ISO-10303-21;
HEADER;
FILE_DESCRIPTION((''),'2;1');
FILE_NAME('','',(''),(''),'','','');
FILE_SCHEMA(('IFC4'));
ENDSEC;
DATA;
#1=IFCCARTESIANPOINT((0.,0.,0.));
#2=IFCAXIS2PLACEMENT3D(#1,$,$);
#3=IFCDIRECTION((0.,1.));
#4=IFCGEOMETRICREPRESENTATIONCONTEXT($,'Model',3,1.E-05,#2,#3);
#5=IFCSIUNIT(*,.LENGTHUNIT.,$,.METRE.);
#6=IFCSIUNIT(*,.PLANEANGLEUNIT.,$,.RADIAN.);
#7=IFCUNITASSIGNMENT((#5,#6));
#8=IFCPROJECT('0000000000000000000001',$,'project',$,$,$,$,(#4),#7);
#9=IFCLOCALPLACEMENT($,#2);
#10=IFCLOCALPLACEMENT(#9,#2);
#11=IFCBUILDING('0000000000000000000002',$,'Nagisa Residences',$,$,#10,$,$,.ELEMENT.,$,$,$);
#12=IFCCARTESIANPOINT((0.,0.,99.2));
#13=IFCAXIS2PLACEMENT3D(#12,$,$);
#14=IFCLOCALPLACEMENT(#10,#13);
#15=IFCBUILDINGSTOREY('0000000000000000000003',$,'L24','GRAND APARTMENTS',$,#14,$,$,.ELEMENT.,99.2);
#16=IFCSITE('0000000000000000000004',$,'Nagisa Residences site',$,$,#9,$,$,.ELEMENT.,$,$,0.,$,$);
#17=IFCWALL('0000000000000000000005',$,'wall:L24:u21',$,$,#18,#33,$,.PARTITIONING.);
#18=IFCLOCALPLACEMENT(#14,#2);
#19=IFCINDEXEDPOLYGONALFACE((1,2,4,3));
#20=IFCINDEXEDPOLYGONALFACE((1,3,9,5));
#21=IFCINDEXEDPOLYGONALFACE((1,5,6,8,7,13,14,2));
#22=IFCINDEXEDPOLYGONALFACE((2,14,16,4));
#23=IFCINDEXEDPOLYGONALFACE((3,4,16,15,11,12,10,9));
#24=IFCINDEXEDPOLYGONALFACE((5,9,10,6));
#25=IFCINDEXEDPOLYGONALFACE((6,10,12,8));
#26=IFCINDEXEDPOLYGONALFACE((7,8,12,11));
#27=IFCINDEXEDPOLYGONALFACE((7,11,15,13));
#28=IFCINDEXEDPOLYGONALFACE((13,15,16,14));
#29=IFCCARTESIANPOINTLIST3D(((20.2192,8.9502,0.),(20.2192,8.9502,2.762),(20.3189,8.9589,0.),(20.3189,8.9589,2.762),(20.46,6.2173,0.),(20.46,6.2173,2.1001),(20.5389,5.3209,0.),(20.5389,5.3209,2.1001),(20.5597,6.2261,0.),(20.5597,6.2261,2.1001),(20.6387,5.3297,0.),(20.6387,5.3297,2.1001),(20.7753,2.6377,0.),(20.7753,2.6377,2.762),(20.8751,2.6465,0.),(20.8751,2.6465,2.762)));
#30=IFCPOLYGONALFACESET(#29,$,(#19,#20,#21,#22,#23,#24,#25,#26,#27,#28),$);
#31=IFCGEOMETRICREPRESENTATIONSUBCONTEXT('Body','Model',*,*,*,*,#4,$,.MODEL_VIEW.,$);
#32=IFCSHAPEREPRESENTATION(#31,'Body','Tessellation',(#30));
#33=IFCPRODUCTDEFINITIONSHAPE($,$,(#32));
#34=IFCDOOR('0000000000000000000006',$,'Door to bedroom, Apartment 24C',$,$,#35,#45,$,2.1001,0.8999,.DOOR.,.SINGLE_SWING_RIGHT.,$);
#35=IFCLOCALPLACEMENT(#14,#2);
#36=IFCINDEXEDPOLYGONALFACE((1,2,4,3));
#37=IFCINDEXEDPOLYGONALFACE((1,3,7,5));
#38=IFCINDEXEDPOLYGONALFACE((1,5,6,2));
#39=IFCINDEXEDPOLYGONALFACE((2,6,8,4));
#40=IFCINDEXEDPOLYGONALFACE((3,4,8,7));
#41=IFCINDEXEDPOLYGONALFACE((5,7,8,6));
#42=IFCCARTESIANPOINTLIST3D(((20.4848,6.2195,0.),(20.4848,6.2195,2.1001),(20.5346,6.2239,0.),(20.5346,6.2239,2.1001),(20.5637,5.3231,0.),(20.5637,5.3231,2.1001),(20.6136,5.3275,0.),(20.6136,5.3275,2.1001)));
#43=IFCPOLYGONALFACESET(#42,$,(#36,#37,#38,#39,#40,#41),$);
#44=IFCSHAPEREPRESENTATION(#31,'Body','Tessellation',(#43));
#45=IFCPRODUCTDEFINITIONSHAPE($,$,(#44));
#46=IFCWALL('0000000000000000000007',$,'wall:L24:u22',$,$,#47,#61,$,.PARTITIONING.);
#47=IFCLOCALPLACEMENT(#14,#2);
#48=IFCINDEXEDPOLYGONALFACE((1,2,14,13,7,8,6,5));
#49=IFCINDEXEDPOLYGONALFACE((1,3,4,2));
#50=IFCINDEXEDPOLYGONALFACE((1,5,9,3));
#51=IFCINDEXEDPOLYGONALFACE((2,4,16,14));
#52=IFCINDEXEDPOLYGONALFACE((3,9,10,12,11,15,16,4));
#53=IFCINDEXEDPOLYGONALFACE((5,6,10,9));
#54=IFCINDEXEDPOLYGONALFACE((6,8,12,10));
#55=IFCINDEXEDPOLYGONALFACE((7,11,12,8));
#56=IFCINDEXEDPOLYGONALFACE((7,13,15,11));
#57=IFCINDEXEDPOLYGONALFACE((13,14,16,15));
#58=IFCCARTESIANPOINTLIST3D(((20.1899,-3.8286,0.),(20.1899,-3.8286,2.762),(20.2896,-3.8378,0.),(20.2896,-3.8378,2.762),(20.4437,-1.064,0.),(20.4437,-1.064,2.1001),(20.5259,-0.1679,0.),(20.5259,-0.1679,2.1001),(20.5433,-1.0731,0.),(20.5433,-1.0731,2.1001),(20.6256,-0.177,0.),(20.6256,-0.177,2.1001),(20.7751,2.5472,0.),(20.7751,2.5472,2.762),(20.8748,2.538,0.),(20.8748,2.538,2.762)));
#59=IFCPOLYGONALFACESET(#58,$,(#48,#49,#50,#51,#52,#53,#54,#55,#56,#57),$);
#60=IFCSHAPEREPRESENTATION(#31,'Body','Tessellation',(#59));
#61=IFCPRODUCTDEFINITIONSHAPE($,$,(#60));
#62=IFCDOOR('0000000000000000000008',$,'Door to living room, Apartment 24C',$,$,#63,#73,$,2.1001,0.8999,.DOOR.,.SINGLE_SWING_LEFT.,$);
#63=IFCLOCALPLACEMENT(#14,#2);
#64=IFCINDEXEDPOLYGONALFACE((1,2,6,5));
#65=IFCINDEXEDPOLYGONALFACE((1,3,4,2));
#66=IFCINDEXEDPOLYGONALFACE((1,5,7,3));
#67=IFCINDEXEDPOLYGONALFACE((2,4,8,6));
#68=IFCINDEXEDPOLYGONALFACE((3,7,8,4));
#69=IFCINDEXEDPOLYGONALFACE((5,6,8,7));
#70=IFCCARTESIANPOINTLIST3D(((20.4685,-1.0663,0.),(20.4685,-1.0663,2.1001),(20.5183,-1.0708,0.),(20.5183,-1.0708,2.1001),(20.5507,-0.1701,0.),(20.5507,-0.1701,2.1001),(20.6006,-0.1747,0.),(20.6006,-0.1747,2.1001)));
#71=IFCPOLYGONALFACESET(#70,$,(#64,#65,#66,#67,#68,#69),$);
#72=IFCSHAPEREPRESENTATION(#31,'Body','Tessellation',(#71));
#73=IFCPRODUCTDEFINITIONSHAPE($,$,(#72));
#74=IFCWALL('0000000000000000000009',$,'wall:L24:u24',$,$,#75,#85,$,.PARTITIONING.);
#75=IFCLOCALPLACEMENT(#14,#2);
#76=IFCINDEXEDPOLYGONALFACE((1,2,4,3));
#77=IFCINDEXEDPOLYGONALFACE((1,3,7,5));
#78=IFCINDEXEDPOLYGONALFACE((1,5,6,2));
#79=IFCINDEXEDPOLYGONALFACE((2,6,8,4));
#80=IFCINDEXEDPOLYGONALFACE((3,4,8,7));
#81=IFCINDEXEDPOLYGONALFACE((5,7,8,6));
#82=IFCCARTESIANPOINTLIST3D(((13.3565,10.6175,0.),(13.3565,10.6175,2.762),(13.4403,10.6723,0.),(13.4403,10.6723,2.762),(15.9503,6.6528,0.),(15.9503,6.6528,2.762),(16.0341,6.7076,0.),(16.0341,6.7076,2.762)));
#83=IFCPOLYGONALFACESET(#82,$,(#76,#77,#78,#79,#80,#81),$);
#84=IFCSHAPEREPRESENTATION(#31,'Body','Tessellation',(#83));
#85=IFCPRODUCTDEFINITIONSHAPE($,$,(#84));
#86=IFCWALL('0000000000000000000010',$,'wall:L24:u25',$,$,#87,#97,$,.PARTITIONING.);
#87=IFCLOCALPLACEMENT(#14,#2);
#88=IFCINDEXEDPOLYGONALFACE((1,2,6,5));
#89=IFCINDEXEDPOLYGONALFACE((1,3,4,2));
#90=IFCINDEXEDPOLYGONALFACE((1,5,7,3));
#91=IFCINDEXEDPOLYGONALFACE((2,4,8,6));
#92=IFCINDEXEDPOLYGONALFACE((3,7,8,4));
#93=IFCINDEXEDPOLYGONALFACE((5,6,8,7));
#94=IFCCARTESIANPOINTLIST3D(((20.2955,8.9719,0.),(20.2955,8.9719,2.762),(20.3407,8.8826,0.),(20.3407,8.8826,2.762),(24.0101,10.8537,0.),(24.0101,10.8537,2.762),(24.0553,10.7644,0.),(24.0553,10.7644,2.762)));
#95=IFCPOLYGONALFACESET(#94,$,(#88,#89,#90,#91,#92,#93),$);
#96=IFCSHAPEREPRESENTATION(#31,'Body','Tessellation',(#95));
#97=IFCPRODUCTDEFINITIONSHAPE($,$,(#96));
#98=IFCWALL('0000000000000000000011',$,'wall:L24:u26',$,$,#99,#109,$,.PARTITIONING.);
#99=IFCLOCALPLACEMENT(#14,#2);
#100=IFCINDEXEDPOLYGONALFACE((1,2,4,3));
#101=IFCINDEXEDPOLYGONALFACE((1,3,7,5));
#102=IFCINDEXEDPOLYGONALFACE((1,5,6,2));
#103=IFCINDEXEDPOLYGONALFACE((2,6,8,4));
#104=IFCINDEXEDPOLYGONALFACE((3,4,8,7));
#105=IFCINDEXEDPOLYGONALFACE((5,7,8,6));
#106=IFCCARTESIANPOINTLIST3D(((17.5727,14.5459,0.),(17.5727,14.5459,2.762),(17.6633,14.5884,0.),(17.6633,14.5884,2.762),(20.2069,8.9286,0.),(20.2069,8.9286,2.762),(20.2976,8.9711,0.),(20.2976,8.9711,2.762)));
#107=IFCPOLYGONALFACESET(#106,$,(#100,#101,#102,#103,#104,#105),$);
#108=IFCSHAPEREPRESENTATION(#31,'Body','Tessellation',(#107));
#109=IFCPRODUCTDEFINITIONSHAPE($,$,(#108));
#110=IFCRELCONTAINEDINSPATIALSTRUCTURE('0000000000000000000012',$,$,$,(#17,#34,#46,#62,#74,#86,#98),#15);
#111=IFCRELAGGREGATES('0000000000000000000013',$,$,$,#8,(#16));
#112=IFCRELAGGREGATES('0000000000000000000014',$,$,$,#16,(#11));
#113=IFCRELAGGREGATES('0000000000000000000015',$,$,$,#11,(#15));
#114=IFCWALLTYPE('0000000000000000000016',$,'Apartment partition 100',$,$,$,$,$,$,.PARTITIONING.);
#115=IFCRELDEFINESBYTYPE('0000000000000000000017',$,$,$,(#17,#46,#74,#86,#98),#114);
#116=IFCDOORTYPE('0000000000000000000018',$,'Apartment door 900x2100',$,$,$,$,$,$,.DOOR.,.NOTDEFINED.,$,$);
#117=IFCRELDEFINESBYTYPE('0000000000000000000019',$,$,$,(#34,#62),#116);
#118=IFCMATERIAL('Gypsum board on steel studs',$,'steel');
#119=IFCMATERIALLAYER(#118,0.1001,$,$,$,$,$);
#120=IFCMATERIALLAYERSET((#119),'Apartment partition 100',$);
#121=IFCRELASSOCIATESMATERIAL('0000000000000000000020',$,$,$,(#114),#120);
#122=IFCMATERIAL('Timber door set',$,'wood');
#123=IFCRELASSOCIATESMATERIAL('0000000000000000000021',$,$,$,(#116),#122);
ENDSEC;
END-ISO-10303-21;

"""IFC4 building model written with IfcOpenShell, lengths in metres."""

from ifc_helpers import new_model, si_unit, direction, frame, frame_2d, origin, place, context, subcontext, project, spatial, rectangle, extrude, material, layer, layer_set, type_object, element, fill, save


model = new_model("IFC4")

# Units and contexts
model_context = context("Model", 3, precision=1e-05, world=origin(), true_north=direction((0.0, 1.0)))
body_context = subcontext(model_context, "Body", "Model", "MODEL_VIEW")
ifc_project = project(units=[si_unit("LENGTHUNIT", "METRE"), si_unit("PLANEANGLEUNIT", "RADIAN")], contexts=[model_context])

# Site, building, storey
site_placement = place(None, origin())
site = spatial("IfcSite", under=ifc_project, at=site_placement, Name="Nagisa Residences site", CompositionType="ELEMENT", RefElevation=0.0)
building_placement = place(site_placement, origin())
building = spatial("IfcBuilding", under=site, at=building_placement, Name="Nagisa Residences", CompositionType="ELEMENT")
storey_placement = place(building_placement, frame((0.0, 0.0, 99.2)))
storey = spatial("IfcBuildingStorey", under=building, at=storey_placement, Name="L24", Description="GRAND APARTMENTS", CompositionType="ELEMENT", Elevation=99.2)

# Walls, openings, doors
ifc_material_1 = material(Name="Gypsum board on steel studs", Category="steel")
ifc_layer_1 = layer(ifc_material_1, 0.1001)
ifc_layer_set_1 = layer_set([ifc_layer_1], Name="Apartment partition 100")
wall_type = type_object("IfcWallType", Name="Apartment partition 100", PredefinedType="PARTITIONING", material=ifc_layer_set_1)
ifc_material_2 = material(Name="Timber door set", Category="wood")
door_type = type_object("IfcDoorType", Name="Apartment door 900x2100", OperationType="NOTDEFINED", PredefinedType="DOOR", material=ifc_material_2)
wall_1_placement = place(storey_placement, frame((20.8252, 2.6421, 0.0), z_axis=(0.0, 0.0, 1.0), x_axis=(-0.087763, 0.996141, 0.0)))
wall_1 = element("IfcWall", 1, at=wall_1_placement, inside=storey, type_object=wall_type, Name="wall:L24:u21", PredefinedType="PARTITIONING", context=body_context, shape_type="SweptSolid", body=[
    extrude(rectangle(XDim=6.3369, YDim=0.1001, at=frame_2d((3.1685, 0.0))), origin(), (0.0, 0.0, 1.0), 2.762),
])
opening_1_placement = place(wall_1_placement, frame((2.6936, 0.0, 0.0)))
opening_1 = element("IfcOpeningElement", 2, at=opening_1_placement, cuts=wall_1, PredefinedType="OPENING", context=body_context, shape_type="SweptSolid", body=[
    extrude(rectangle(XDim=0.8999, YDim=2.1001, at=frame_2d((0.45, 1.05))), frame((0.0, 0.0601, 0.0), z_axis=(0.0, -1.0, 0.0), x_axis=(1.0, 0.0, 0.0)), (0.0, 0.0, 1.0), 0.1201),
])
door_1_placement = place(opening_1_placement, frame((0.8999, 0.0, 0.0), x_axis=(-1.0, 0.0, 0.0)))
door_1 = element("IfcDoor", 3, at=door_1_placement, inside=storey, type_object=door_type, Name="Door to bedroom, Apartment 24C", OperationType="SINGLE_SWING_RIGHT", OverallHeight=2.1001, OverallWidth=0.8999, PredefinedType="DOOR", context=body_context, shape_type="SweptSolid", body=[
    extrude(rectangle(XDim=0.8999, YDim=2.1001, at=frame_2d((0.45, 1.05))), frame((0.0, 0.0249, 0.0), z_axis=(0.0, -1.0, 0.0), x_axis=(1.0, 0.0, 0.0)), (0.0, 0.0, 1.0), 0.05),
])
fill(opening_1, door_1)
wall_2_placement = place(storey_placement, frame((20.825, 2.5425, 0.0), z_axis=(0.0, 0.0, 1.0), x_axis=(-0.091402, -0.995814, 0.0)))
wall_2 = element("IfcWall", 4, at=wall_2_placement, inside=storey, type_object=wall_type, Name="wall:L24:u22", PredefinedType="PARTITIONING", context=body_context, shape_type="SweptSolid", body=[
    extrude(rectangle(XDim=6.4026, YDim=0.1001, at=frame_2d((3.2012, 0.0))), origin(), (0.0, 0.0, 1.0), 2.762),
])
opening_2_placement = place(wall_2_placement, frame((2.7263, 0.0, 0.0)))
opening_2 = element("IfcOpeningElement", 5, at=opening_2_placement, cuts=wall_2, PredefinedType="OPENING", context=body_context, shape_type="SweptSolid", body=[
    extrude(rectangle(XDim=0.8999, YDim=2.1001, at=frame_2d((0.45, 1.05))), frame((0.0, 0.0601, 0.0), z_axis=(0.0, -1.0, 0.0), x_axis=(1.0, 0.0, 0.0)), (0.0, 0.0, 1.0), 0.1201),
])
door_2_placement = place(opening_2_placement, origin())
door_2 = element("IfcDoor", 6, at=door_2_placement, inside=storey, type_object=door_type, Name="Door to living room, Apartment 24C", OperationType="SINGLE_SWING_LEFT", OverallHeight=2.1001, OverallWidth=0.8999, PredefinedType="DOOR", context=body_context, shape_type="SweptSolid", body=[
    extrude(rectangle(XDim=0.8999, YDim=2.1001, at=frame_2d((0.45, 1.05))), frame((0.0, 0.0249, 0.0), z_axis=(0.0, -1.0, 0.0), x_axis=(1.0, 0.0, 0.0)), (0.0, 0.0, 1.0), 0.05),
])
fill(opening_2, door_2)

# Walls
wall_3_placement = place(storey_placement, frame((15.9922, 6.6802, 0.0), z_axis=(0.0, 0.0, 1.0), x_axis=(-0.547473, 0.836823, 0.0)))
element("IfcWall", 7, at=wall_3_placement, inside=storey, type_object=wall_type, Name="wall:L24:u24", PredefinedType="PARTITIONING", context=body_context, shape_type="SweptSolid", body=[
    extrude(rectangle(XDim=4.7378, YDim=0.1001, at=frame_2d((2.3689, 0.0))), origin(), (0.0, 0.0, 1.0), 2.762),
])
wall_4_placement = place(storey_placement, frame((20.3181, 8.9272, 0.0), z_axis=(0.0, 0.0, 1.0), x_axis=(0.892058, 0.451921, 0.0)))
element("IfcWall", 8, at=wall_4_placement, inside=storey, type_object=wall_type, Name="wall:L24:u25", PredefinedType="PARTITIONING", context=body_context, shape_type="SweptSolid", body=[
    extrude(rectangle(XDim=4.1641, YDim=0.1001, at=frame_2d((2.082, 0.0))), origin(), (0.0, 0.0, 1.0), 2.762),
])
wall_5_placement = place(storey_placement, frame((20.2522, 8.95, 0.0), z_axis=(0.0, 0.0, 1.0), x_axis=(-0.42458, 0.90539, 0.0)))
element("IfcWall", 9, at=wall_5_placement, inside=storey, type_object=wall_type, Name="wall:L24:u26", PredefinedType="PARTITIONING", context=body_context, shape_type="SweptSolid", body=[
    extrude(rectangle(XDim=6.2043, YDim=0.1001, at=frame_2d((3.1021, 0.0))), origin(), (0.0, 0.0, 1.0), 2.762),
])

save(model, "model.ifc")
